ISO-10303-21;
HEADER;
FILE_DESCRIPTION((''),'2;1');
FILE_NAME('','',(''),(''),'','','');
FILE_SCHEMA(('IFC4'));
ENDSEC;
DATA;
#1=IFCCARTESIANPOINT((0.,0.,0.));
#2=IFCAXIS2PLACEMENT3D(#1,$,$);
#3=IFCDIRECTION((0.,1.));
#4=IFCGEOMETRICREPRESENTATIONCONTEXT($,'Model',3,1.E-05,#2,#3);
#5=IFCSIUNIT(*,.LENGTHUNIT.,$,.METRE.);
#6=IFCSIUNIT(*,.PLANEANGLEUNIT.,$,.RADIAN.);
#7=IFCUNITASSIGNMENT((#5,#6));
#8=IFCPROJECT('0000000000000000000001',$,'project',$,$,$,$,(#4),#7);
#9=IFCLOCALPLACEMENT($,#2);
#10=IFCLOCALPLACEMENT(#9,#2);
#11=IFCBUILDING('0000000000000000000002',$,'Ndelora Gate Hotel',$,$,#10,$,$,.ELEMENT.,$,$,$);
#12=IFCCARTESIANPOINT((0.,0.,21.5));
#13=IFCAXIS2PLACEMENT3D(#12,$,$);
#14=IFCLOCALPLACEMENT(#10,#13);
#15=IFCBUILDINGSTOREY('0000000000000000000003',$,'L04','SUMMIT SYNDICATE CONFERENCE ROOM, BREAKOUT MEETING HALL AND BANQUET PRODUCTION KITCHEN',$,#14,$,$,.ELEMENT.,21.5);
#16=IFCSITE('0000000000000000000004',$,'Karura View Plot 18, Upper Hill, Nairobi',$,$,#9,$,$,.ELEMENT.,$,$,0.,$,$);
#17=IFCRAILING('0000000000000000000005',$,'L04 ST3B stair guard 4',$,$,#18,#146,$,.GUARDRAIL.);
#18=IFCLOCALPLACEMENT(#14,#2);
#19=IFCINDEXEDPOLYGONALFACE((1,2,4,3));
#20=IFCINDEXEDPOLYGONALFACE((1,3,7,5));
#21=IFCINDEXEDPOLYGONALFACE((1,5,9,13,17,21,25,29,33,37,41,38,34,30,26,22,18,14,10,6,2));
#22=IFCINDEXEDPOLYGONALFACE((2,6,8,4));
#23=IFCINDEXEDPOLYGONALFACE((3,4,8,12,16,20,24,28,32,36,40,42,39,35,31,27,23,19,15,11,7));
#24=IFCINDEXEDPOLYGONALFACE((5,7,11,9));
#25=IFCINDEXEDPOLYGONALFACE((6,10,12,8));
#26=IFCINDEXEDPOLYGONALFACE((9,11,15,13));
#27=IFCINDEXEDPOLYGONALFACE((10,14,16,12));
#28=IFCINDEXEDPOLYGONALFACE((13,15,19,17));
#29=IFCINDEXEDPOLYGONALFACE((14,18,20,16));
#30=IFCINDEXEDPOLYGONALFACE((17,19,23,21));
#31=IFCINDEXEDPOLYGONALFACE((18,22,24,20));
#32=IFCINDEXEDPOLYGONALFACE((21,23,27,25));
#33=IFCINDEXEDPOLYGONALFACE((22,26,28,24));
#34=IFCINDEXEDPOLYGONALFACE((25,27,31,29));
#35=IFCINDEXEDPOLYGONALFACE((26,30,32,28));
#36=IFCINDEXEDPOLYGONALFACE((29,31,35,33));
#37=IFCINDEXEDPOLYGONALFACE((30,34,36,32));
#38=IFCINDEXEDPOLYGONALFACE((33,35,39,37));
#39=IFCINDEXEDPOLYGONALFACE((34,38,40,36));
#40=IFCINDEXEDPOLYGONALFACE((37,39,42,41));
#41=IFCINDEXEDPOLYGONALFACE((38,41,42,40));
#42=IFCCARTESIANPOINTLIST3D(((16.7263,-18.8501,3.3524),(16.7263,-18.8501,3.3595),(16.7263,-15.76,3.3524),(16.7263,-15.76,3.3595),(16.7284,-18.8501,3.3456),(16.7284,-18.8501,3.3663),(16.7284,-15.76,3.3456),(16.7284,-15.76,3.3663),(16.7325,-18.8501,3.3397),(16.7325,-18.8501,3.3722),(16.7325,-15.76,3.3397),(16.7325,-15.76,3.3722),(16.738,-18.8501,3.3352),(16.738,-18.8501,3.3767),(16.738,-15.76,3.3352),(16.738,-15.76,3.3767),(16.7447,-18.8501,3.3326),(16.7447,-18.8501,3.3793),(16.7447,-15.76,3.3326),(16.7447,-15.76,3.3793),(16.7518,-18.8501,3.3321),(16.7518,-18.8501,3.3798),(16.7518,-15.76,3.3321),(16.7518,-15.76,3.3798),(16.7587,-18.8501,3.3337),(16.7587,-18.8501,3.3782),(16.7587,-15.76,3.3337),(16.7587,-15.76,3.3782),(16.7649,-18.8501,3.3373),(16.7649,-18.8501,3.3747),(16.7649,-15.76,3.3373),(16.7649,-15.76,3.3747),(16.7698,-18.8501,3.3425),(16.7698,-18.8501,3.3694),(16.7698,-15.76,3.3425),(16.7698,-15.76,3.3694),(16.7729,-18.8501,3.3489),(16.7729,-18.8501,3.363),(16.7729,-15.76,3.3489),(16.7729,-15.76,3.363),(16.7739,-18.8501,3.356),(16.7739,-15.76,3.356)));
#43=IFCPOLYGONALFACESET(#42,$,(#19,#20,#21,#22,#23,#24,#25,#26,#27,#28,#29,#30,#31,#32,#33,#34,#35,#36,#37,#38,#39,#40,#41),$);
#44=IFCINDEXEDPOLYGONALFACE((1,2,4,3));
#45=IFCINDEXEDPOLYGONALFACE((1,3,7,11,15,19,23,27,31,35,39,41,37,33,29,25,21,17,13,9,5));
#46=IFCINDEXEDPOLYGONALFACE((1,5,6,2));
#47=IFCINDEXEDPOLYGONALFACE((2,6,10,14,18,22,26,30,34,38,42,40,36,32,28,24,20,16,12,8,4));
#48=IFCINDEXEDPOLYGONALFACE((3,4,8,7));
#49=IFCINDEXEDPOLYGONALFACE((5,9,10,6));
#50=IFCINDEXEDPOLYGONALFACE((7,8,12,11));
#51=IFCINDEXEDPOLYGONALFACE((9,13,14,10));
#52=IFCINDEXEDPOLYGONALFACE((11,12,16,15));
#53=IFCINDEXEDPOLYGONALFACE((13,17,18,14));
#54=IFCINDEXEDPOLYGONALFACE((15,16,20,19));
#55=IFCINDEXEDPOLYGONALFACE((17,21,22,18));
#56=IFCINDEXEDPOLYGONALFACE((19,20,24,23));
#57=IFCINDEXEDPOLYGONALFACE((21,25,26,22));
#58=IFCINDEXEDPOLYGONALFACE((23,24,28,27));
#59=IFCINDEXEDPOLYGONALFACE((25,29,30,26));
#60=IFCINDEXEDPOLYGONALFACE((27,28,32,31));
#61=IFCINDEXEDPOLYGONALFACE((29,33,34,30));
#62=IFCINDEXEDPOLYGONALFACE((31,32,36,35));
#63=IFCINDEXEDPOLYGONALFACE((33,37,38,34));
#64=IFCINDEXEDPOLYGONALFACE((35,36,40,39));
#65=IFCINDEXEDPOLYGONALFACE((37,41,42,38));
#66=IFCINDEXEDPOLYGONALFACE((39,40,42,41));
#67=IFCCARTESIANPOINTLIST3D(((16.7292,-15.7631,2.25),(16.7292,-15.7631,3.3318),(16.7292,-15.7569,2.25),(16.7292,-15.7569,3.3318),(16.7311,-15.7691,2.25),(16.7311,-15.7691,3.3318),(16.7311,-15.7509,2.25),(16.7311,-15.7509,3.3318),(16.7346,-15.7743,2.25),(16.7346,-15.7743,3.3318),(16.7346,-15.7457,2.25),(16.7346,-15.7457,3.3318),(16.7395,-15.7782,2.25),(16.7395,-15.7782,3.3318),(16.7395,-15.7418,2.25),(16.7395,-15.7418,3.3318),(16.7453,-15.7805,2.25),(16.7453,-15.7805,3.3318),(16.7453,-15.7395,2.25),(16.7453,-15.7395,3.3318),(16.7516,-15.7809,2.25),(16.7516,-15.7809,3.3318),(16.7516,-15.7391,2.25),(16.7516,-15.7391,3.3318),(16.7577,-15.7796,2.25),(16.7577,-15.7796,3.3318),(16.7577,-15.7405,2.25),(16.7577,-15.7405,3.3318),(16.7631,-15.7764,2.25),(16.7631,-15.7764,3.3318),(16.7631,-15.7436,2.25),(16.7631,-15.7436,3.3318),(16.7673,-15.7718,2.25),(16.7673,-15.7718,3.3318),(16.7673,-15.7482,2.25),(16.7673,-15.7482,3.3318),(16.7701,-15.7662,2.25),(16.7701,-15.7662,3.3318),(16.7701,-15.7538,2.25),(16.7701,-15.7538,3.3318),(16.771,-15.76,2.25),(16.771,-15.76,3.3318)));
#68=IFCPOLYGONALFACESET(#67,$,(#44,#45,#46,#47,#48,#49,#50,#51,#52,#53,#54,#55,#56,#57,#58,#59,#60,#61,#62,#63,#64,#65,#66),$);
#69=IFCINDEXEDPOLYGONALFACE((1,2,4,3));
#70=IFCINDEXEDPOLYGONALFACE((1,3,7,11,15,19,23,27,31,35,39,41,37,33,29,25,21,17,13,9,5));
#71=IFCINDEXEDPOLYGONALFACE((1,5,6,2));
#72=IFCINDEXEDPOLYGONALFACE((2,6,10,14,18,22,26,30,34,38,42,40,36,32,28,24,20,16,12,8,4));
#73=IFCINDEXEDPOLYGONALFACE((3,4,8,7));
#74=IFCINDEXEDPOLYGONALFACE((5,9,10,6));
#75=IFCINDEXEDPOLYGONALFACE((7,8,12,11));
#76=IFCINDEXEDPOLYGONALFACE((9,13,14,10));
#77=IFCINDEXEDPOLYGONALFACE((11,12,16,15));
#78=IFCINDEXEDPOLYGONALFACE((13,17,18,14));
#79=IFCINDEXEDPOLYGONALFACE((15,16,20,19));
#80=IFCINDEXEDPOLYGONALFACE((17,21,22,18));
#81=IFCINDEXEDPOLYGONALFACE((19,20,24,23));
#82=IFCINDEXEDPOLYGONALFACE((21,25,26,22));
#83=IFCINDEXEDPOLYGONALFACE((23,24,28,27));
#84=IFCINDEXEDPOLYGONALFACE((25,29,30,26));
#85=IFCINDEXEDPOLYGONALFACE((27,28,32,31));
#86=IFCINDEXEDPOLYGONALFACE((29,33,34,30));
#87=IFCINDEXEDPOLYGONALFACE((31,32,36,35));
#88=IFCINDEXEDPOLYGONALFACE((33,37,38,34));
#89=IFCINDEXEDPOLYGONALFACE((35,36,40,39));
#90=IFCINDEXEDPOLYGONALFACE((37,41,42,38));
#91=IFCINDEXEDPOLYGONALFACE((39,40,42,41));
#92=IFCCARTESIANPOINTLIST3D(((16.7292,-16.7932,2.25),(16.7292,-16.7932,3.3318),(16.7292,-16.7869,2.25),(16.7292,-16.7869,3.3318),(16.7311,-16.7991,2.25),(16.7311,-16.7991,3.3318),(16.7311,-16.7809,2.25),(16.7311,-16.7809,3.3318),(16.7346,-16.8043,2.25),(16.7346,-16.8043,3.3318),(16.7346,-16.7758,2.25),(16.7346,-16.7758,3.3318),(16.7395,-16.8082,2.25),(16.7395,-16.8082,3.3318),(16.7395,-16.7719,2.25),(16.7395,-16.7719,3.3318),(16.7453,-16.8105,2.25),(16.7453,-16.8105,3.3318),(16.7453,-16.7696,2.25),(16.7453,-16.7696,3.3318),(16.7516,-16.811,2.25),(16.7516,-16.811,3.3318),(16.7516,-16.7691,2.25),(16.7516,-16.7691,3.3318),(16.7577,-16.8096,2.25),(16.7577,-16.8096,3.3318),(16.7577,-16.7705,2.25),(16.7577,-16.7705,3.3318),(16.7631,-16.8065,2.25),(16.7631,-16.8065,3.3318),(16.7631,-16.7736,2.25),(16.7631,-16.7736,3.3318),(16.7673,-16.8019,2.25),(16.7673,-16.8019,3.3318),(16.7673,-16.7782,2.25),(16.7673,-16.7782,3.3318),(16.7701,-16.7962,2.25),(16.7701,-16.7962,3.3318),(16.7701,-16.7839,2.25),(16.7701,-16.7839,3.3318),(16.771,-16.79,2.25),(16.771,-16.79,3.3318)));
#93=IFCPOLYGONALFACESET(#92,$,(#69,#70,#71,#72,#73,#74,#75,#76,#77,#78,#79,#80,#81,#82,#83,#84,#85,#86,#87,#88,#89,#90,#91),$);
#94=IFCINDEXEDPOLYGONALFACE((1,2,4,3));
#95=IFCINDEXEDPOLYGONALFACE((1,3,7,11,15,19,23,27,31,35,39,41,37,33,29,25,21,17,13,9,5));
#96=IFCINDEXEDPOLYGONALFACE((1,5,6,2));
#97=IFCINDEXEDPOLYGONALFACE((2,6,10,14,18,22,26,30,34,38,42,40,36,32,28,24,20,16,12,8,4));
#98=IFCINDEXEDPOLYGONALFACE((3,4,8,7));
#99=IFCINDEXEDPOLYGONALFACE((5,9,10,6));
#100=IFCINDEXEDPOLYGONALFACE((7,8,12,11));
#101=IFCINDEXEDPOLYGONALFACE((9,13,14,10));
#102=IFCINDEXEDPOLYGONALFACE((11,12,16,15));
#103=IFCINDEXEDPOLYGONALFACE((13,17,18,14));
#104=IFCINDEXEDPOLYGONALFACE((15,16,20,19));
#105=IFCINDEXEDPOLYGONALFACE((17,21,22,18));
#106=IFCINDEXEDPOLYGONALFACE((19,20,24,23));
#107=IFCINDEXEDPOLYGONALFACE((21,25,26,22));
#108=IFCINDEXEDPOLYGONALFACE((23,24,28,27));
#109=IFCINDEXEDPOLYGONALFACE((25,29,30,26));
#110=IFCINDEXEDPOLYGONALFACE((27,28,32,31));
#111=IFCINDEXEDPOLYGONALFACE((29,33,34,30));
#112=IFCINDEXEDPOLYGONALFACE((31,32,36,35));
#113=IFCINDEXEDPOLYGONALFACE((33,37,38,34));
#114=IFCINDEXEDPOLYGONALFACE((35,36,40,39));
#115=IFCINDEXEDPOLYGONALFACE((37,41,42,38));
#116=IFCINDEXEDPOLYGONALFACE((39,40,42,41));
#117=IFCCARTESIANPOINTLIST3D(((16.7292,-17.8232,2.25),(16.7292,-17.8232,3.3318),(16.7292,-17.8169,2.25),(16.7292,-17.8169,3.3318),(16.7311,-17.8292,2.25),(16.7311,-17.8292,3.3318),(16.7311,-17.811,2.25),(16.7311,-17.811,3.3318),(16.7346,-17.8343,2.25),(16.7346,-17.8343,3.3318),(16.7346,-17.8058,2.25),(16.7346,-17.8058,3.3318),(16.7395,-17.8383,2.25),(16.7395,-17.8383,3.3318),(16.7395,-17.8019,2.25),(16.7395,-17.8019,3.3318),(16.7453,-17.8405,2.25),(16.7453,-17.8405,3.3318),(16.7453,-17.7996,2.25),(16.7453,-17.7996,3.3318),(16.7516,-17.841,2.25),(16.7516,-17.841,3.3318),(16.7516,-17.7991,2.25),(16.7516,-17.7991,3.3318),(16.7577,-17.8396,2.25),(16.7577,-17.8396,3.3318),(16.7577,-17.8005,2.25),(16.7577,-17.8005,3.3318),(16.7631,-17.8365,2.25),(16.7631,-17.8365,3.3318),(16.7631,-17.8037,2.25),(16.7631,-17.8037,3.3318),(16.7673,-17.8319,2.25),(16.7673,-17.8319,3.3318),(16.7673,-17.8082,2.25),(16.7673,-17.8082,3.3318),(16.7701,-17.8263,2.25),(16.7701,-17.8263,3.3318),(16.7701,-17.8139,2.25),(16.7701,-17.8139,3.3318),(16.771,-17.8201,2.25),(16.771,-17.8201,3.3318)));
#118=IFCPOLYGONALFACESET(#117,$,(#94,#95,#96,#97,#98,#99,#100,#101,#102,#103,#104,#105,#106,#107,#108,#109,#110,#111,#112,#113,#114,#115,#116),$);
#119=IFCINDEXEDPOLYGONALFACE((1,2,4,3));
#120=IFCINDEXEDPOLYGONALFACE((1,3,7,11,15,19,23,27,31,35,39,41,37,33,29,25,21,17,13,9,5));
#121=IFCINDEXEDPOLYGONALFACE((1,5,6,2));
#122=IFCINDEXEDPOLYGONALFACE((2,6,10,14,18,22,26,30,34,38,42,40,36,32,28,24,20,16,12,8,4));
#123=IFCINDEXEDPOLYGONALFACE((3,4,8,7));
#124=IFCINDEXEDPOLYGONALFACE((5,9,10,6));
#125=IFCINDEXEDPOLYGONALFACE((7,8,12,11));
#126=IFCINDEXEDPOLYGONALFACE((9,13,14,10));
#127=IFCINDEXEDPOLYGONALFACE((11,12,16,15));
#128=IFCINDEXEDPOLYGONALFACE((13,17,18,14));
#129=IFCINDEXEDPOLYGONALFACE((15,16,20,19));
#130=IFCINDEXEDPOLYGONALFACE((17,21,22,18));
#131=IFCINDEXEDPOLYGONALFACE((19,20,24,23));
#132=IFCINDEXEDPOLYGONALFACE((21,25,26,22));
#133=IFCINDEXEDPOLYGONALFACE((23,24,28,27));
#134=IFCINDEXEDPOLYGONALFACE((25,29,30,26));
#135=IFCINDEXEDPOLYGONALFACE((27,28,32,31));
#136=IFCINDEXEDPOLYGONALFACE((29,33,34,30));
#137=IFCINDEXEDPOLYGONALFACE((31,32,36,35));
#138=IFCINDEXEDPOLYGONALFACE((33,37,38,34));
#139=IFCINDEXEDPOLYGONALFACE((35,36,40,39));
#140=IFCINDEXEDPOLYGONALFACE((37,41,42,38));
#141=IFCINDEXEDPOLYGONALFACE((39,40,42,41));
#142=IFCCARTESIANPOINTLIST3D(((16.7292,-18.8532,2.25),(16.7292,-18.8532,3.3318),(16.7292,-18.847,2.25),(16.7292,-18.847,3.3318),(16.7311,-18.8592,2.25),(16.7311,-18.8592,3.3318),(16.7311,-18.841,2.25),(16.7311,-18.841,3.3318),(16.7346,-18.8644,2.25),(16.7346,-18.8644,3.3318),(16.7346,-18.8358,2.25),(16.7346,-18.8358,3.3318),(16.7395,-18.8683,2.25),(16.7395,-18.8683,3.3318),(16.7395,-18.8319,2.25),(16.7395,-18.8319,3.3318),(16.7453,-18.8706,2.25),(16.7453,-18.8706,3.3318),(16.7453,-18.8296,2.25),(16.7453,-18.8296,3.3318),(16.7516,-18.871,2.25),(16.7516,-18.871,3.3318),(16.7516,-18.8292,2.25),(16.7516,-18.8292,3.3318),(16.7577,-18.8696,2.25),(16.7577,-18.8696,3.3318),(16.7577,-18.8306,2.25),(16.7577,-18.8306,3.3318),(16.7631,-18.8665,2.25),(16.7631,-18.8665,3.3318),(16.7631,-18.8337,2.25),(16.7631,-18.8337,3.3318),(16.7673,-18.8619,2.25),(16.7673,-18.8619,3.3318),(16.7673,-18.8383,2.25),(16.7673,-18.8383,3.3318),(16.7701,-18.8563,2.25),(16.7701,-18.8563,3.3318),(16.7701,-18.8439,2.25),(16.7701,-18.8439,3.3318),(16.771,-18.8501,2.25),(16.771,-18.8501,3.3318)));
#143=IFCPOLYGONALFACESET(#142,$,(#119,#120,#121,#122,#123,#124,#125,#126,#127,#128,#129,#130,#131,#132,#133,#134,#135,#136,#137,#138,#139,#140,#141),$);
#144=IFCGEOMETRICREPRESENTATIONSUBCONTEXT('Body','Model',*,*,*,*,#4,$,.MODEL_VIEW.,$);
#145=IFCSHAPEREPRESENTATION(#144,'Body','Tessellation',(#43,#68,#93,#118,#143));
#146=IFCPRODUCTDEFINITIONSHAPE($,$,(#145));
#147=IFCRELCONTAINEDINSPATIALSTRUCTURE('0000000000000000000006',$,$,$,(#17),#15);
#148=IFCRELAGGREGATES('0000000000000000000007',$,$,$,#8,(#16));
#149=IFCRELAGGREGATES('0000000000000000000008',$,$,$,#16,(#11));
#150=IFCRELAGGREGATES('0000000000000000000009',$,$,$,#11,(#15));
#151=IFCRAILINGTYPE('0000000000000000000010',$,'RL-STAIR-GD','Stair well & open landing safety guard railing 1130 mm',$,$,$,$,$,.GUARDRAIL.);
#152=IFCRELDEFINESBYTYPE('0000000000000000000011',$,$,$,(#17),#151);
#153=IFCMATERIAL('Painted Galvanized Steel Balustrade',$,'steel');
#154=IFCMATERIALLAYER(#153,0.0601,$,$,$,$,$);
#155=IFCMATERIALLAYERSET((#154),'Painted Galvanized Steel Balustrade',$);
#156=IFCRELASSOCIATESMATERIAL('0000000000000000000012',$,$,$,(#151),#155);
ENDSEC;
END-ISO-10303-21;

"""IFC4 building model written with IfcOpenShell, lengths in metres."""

from ifc_helpers import new_model, si_unit, direction, frame, origin, origin_2d, place, context, subcontext, project, spatial, circle, extrude, material, layer, layer_set, type_object, element, save


model = new_model("IFC4")

# Units and contexts
model_context = context("Model", 3, precision=1e-05, world=origin(), true_north=direction((0.0, 1.0)))
body_context = subcontext(model_context, "Body", "Model", "MODEL_VIEW")
ifc_project = project(units=[si_unit("LENGTHUNIT", "METRE"), si_unit("PLANEANGLEUNIT", "RADIAN")], contexts=[model_context])

# Site, building, storey
site_placement = place(None, origin())
site = spatial("IfcSite", under=ifc_project, at=site_placement, Name="Karura View Plot 18, Upper Hill, Nairobi", CompositionType="ELEMENT", RefElevation=0.0)
building_placement = place(site_placement, origin())
building = spatial("IfcBuilding", under=site, at=building_placement, Name="Ndelora Gate Hotel", CompositionType="ELEMENT")
storey_placement = place(building_placement, frame((0.0, 0.0, 21.5)))
storey = spatial("IfcBuildingStorey", under=building, at=storey_placement, Name="L04", Description="SUMMIT SYNDICATE CONFERENCE ROOM, BREAKOUT MEETING HALL AND BANQUET PRODUCTION KITCHEN", CompositionType="ELEMENT", Elevation=21.5)

# Railing
ifc_material_1 = material(Name="Painted Galvanized Steel Balustrade", Category="steel")
ifc_layer_1 = layer(ifc_material_1, 0.0601)
ifc_layer_set_1 = layer_set([ifc_layer_1], Name="Painted Galvanized Steel Balustrade")
railing_type_1 = type_object("IfcRailingType", Name="RL-STAIR-GD", Description="Stair well & open landing safety guard railing 1130 mm", PredefinedType="GUARDRAIL", material=ifc_layer_set_1)
railing_1_placement = place(storey_placement, frame((16.75, -15.76, 2.25)))
element("IfcRailing", 1, at=railing_1_placement, inside=storey, type_object=railing_type_1, Name="L04 ST3B stair guard 4", PredefinedType="GUARDRAIL", context=body_context, shape_type="SweptSolid", body=[
    extrude(circle(Radius=0.0239, at=origin_2d()), frame((0.0, 0.0, 1.106), z_axis=(0.0, -1.0, 0.0), x_axis=(1.0, 0.0, 0.0)), (0.0, 0.0, 1.0), 3.0901),
    extrude(circle(Radius=0.021, at=origin_2d()), origin(), (0.0, 0.0, 1.0), 1.0818),
    extrude(circle(Radius=0.021, at=origin_2d()), frame((0.0, -1.03, 0.0)), (0.0, 0.0, 1.0), 1.0818),
    extrude(circle(Radius=0.021, at=origin_2d()), frame((0.0, -2.0601, 0.0)), (0.0, 0.0, 1.0), 1.0818),
    extrude(circle(Radius=0.021, at=origin_2d()), frame((0.0, -3.0901, 0.0)), (0.0, 0.0, 1.0), 1.0818),
])

save(model, "model.ifc")
